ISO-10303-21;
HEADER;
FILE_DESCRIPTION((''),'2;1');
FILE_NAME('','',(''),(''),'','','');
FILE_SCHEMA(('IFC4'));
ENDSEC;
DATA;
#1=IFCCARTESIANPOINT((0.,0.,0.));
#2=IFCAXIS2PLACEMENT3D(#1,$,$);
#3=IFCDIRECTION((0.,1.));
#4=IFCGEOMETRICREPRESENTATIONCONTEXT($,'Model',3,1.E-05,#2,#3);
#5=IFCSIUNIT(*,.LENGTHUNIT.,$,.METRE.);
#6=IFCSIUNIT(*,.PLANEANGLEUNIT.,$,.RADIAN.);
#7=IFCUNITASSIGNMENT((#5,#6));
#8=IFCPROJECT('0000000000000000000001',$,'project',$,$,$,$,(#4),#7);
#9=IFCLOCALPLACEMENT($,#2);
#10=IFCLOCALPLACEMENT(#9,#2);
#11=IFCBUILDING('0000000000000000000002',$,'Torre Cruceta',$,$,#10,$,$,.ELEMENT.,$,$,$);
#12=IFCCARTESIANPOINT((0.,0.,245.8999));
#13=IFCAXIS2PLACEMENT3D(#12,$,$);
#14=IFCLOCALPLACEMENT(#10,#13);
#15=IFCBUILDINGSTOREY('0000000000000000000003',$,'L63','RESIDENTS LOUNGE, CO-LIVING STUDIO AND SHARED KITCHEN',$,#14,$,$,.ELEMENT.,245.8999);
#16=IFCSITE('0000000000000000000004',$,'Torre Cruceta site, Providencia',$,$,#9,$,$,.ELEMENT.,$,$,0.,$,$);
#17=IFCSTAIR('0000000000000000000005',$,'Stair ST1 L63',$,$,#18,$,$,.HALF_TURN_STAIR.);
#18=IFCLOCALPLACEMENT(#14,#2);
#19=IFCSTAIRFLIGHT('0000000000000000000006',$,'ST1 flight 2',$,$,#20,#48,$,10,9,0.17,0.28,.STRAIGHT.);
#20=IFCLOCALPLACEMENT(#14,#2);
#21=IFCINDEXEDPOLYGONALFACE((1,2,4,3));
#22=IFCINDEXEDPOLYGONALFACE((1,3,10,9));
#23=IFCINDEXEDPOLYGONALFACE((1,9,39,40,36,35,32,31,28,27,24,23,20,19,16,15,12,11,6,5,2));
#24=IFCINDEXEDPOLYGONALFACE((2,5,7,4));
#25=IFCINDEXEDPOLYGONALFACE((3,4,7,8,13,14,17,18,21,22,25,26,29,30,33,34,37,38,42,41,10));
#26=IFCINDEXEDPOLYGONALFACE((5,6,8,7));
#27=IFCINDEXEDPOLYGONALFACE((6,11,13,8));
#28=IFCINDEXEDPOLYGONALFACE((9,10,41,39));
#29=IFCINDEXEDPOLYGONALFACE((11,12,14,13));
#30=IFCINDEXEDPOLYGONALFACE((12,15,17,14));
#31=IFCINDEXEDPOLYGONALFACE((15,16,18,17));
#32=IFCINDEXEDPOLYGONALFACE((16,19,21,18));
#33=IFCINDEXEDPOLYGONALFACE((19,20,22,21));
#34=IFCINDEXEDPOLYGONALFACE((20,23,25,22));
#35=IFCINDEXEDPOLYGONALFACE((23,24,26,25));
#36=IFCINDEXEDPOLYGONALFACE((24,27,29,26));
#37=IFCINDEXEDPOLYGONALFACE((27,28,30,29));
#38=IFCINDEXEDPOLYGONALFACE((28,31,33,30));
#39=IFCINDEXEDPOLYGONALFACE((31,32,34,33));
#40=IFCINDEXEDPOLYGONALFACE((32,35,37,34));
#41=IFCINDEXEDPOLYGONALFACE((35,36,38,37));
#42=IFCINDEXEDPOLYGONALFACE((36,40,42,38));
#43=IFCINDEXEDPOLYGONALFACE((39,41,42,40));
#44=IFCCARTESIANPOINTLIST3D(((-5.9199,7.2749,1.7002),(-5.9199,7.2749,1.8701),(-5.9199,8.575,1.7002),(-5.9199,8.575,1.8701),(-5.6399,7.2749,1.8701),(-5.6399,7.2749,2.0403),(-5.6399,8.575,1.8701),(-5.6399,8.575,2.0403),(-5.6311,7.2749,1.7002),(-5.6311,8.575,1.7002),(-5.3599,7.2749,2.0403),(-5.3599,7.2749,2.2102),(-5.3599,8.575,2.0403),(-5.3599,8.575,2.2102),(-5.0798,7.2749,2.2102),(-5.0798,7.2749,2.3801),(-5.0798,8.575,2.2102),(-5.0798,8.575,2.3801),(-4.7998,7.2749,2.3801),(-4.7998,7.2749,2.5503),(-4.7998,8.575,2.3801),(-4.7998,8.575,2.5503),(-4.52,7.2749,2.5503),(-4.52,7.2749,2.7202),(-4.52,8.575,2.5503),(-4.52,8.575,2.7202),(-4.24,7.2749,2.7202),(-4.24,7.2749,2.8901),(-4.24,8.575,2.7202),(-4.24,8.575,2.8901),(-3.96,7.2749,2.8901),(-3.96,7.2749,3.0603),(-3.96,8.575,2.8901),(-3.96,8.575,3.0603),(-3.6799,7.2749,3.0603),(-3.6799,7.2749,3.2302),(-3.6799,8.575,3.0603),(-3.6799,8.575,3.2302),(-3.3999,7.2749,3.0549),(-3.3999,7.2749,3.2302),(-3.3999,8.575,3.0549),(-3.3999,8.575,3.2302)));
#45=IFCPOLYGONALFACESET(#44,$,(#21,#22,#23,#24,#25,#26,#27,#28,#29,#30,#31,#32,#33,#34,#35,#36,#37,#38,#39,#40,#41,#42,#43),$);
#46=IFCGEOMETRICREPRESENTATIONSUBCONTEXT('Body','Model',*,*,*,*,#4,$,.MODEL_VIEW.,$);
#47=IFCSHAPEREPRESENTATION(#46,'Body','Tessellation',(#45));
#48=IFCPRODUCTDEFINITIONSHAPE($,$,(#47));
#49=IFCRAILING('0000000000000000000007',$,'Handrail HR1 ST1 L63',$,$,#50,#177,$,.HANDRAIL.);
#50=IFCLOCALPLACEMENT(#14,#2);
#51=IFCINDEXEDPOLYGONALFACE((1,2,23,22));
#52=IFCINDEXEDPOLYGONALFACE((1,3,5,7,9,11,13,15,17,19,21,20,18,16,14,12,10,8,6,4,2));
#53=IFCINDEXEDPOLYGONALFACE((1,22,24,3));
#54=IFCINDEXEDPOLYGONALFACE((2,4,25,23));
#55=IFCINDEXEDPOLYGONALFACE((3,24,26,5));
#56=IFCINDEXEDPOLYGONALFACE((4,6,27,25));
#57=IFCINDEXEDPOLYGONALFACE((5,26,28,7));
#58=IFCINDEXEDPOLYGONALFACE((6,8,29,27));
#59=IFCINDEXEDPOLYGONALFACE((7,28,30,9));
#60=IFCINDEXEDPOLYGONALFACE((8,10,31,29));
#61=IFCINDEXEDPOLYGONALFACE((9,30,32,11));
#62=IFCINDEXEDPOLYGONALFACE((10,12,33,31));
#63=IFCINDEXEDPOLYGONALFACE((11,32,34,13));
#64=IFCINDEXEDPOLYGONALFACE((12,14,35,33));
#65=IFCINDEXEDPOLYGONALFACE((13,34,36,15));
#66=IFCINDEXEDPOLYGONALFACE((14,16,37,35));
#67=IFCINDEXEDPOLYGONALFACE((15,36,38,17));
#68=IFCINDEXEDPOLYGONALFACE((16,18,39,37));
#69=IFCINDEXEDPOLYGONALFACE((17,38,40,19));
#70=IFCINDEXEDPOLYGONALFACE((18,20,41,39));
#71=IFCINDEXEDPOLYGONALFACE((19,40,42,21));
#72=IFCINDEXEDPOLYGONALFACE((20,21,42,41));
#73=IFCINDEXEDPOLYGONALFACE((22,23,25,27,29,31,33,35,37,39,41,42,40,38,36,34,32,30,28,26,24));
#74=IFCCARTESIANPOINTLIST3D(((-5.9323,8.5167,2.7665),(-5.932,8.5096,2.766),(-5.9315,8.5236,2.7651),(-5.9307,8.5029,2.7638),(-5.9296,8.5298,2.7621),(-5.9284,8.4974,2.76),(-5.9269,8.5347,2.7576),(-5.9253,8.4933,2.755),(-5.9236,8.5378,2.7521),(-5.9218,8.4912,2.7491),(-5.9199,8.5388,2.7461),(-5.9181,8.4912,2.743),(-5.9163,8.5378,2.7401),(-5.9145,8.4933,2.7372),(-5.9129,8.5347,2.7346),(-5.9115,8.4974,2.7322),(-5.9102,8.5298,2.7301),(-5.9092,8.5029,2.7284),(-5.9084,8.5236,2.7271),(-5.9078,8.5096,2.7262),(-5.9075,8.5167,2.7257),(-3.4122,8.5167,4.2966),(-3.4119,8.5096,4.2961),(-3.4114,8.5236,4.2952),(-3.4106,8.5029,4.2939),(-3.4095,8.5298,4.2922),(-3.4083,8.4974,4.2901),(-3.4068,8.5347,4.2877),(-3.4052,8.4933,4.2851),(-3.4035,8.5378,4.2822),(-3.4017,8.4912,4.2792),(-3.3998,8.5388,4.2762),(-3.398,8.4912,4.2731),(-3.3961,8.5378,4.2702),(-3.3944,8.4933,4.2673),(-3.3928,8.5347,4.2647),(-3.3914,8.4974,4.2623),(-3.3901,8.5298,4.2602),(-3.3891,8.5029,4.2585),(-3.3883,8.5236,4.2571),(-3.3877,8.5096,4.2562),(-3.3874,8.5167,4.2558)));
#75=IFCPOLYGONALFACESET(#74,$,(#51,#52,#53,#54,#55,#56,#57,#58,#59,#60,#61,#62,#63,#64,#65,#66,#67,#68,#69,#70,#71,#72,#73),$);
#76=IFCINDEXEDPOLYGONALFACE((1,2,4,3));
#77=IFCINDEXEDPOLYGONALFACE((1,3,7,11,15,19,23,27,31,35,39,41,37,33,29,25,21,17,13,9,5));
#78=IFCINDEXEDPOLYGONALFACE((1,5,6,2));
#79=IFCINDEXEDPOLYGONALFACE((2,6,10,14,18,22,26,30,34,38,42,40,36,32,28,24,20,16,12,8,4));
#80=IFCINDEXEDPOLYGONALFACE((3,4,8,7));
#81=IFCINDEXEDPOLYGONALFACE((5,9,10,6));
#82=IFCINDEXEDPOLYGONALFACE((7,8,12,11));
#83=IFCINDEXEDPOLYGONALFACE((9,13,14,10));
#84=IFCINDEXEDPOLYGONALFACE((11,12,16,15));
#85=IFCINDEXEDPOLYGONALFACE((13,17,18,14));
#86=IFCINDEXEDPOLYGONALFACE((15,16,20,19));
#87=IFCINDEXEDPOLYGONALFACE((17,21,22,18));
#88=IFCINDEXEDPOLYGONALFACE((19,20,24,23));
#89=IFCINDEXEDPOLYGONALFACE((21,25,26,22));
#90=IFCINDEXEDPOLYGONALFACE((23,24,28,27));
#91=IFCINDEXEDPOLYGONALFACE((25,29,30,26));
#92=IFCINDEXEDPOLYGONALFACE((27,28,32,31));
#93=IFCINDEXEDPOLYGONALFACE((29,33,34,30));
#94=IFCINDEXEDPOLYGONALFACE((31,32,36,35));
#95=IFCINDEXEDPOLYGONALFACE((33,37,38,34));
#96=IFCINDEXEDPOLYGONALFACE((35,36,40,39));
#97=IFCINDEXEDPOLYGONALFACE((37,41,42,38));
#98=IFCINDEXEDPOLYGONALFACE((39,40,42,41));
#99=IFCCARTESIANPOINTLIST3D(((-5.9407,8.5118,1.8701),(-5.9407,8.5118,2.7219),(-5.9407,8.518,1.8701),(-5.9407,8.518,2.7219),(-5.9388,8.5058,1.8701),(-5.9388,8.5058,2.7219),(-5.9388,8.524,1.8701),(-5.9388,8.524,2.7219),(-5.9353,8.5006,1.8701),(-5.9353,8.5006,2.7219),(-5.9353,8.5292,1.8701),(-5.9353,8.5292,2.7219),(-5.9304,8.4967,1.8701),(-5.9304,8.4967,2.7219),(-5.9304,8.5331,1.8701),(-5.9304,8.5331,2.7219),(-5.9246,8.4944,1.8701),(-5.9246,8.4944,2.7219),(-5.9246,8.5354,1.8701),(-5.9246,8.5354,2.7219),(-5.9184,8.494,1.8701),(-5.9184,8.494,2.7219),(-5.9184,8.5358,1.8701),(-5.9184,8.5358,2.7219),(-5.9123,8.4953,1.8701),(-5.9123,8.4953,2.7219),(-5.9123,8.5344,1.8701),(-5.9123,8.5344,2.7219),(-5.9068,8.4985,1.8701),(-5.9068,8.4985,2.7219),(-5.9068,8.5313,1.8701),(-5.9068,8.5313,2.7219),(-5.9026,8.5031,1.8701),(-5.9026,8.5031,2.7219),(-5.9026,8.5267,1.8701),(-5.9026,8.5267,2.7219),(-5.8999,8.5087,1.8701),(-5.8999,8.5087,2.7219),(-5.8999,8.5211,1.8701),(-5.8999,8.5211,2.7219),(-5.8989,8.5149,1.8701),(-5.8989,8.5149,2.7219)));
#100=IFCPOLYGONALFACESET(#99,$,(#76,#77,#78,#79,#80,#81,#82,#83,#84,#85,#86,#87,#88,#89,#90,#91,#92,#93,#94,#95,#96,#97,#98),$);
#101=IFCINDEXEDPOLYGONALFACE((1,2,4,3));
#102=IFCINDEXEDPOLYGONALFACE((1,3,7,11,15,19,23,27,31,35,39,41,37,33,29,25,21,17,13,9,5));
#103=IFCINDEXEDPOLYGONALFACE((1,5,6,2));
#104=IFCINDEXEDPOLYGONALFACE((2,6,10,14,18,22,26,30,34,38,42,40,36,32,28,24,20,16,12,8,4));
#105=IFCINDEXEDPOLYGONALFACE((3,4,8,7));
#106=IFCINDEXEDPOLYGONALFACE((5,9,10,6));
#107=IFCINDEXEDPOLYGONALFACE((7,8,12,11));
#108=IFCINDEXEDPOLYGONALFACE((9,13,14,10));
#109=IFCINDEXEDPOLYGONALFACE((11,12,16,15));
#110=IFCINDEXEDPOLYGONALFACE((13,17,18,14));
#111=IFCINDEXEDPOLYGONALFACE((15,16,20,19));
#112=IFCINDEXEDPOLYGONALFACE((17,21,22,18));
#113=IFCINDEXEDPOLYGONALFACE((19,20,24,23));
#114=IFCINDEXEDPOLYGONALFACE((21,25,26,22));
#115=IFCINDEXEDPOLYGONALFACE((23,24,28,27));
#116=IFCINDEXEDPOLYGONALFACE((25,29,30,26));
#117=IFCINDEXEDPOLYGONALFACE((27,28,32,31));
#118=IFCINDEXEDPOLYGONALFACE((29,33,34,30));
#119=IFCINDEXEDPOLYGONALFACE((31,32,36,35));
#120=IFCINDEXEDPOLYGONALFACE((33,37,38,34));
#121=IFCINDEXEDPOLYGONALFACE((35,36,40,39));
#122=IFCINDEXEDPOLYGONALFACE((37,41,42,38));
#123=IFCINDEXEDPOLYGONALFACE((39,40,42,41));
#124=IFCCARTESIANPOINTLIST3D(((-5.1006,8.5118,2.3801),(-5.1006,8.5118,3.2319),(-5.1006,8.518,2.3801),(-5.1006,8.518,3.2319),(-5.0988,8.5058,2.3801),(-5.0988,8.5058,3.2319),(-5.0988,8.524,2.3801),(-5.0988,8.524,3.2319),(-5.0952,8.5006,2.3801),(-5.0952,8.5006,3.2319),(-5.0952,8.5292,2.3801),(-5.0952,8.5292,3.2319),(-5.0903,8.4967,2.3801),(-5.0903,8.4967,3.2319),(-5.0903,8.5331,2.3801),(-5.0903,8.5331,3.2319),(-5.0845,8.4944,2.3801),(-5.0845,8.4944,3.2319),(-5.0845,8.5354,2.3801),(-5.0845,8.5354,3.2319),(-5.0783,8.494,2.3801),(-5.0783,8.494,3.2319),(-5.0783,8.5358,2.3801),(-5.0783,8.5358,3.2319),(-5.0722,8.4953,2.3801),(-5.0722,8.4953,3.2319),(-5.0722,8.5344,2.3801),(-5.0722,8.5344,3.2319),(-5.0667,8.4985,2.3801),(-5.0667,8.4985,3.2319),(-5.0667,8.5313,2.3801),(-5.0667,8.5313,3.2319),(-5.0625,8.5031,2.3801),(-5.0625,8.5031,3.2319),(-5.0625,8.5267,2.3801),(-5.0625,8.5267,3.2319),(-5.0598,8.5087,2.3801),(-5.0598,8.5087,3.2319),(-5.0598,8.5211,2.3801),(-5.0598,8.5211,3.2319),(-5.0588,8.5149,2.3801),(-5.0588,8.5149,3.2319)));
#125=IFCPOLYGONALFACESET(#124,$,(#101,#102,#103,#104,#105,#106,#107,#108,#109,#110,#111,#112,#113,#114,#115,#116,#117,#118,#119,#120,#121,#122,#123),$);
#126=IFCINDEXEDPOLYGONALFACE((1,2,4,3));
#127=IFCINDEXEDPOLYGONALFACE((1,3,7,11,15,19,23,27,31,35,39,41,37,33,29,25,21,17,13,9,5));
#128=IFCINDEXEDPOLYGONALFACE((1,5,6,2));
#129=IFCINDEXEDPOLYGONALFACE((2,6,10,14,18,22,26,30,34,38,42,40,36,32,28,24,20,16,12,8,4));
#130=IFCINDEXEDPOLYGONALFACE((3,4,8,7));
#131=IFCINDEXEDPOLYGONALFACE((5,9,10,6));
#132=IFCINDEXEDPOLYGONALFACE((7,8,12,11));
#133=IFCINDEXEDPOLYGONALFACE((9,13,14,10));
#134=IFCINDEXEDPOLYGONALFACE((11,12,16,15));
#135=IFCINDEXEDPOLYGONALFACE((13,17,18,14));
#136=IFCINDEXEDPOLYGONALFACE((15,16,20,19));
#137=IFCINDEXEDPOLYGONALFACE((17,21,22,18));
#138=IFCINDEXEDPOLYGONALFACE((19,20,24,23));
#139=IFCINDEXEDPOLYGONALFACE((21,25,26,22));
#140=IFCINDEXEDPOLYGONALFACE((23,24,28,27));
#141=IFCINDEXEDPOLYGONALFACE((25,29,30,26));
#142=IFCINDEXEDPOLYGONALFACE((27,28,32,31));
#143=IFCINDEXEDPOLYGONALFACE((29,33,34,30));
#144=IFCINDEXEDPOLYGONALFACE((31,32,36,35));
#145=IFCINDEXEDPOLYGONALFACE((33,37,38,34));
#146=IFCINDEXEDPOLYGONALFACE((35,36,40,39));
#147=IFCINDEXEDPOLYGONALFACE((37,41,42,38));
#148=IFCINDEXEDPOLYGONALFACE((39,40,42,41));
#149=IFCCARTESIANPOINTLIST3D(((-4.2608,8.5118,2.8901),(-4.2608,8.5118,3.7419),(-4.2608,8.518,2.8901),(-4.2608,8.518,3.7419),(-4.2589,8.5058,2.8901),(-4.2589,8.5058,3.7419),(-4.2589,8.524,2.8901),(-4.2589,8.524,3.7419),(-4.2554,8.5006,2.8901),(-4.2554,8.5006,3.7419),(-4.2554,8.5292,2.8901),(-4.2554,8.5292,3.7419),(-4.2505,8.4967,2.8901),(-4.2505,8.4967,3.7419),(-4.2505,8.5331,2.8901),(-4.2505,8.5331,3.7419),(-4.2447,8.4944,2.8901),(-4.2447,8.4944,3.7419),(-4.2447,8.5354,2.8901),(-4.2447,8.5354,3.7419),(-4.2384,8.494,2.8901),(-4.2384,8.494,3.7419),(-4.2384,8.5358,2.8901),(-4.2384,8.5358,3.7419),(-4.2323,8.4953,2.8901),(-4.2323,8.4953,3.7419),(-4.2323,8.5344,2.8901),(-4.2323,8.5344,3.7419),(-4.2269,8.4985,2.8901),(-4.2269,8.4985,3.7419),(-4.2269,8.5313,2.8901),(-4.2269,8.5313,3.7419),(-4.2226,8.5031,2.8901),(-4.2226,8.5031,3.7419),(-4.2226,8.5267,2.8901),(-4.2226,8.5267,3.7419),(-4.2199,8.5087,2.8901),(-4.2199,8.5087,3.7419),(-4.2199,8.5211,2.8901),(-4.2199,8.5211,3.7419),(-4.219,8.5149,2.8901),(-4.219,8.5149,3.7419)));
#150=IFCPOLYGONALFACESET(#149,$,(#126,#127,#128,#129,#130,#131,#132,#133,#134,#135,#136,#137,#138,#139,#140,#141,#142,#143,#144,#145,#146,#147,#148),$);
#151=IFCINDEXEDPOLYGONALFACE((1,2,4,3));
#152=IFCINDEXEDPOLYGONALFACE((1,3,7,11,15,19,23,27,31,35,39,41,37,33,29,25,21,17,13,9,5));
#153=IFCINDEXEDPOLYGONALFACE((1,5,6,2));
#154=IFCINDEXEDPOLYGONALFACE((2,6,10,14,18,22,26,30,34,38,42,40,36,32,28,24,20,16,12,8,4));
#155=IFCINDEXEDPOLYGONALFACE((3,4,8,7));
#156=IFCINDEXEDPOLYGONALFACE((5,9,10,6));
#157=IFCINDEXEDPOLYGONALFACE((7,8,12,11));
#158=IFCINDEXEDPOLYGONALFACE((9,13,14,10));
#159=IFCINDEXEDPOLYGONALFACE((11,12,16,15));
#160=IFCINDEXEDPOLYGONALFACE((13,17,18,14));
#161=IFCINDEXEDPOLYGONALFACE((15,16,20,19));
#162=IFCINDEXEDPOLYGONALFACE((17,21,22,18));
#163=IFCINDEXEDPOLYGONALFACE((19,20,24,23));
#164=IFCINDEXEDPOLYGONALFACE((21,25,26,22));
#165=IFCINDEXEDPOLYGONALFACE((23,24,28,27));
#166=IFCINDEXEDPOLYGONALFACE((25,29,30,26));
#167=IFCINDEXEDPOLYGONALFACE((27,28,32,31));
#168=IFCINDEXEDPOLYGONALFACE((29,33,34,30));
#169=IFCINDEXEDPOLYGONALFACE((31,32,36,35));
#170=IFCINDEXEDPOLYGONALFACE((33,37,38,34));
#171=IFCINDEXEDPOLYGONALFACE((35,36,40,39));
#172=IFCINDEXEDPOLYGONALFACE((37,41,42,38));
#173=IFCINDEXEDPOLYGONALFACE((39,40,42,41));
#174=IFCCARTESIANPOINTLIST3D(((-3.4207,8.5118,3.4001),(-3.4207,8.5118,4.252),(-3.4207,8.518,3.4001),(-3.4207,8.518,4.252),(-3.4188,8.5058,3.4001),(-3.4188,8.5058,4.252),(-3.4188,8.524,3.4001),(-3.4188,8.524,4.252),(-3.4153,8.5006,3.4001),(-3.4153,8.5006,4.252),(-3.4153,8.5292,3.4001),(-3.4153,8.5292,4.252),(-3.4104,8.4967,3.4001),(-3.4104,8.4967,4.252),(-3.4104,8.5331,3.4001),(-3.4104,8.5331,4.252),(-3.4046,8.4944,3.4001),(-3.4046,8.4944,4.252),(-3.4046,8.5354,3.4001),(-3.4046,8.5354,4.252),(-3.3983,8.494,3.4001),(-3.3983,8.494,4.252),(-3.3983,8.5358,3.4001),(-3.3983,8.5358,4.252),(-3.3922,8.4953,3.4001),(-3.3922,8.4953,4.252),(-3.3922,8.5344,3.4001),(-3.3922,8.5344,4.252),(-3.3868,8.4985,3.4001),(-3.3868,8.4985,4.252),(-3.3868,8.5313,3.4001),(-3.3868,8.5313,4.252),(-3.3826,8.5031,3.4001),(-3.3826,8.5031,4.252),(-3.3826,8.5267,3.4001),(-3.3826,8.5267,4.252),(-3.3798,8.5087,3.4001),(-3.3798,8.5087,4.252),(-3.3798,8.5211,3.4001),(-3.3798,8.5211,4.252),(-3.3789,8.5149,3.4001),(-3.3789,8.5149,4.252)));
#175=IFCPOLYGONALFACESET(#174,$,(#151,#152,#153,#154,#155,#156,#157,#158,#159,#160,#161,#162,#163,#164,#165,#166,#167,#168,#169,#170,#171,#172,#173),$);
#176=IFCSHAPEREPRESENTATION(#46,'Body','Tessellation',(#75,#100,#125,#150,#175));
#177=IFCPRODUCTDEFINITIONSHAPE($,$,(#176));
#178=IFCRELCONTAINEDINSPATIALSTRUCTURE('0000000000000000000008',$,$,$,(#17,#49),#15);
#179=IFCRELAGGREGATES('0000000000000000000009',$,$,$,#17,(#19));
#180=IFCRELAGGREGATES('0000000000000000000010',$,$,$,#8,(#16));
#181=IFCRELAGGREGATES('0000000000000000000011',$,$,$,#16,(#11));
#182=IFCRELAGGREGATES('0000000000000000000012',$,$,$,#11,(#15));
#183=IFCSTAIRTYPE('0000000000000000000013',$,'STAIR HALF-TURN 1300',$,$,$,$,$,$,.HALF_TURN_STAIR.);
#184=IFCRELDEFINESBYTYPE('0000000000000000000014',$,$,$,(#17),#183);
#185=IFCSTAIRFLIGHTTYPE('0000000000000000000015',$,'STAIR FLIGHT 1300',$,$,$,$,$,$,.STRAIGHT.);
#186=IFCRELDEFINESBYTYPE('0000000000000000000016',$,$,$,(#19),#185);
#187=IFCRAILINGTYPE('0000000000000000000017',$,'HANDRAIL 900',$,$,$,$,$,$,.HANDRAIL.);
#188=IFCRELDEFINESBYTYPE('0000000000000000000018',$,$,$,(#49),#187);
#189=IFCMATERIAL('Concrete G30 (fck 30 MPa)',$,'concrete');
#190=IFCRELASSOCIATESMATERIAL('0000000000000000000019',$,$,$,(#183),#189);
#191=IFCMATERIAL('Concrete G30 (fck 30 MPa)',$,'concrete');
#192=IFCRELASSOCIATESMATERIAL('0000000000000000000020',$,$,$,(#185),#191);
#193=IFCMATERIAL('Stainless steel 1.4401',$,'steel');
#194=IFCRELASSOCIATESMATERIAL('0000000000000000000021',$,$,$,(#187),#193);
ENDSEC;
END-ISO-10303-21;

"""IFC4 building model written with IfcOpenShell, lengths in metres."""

from ifc_helpers import new_model, si_unit, direction, frame, origin, origin_2d, place, context, subcontext, project, spatial, polyline, circle, outline, extrude, material, type_object, element, aggregate, save


model = new_model("IFC4")

# Units and contexts
model_context = context("Model", 3, precision=1e-05, world=origin(), true_north=direction((0.0, 1.0)))
body_context = subcontext(model_context, "Body", "Model", "MODEL_VIEW")
ifc_project = project(units=[si_unit("LENGTHUNIT", "METRE"), si_unit("PLANEANGLEUNIT", "RADIAN")], contexts=[model_context])

# Site, building, storey
site_placement = place(None, origin())
site = spatial("IfcSite", under=ifc_project, at=site_placement, Name="Torre Cruceta site, Providencia", CompositionType="ELEMENT", RefElevation=0.0)
building_placement = place(site_placement, origin())
building = spatial("IfcBuilding", under=site, at=building_placement, Name="Torre Cruceta", CompositionType="ELEMENT")
storey_placement = place(building_placement, frame((0.0, 0.0, 245.8999)))
storey = spatial("IfcBuildingStorey", under=building, at=storey_placement, Name="L63", Description="RESIDENTS LOUNGE, CO-LIVING STUDIO AND SHARED KITCHEN", CompositionType="ELEMENT", Elevation=245.8999)

# Stair, stair flight
ifc_material_1 = material(Name="Concrete G30 (fck 30 MPa)", Category="concrete")
stair_type = type_object("IfcStairType", Name="STAIR HALF-TURN 1300", PredefinedType="HALF_TURN_STAIR", material=ifc_material_1)
stair_placement = place(storey_placement, origin())
stair = element("IfcStair", 1, at=stair_placement, inside=storey, type_object=stair_type, Name="Stair ST1 L63", PredefinedType="HALF_TURN_STAIR")
ifc_material_2 = material(Name="Concrete G30 (fck 30 MPa)", Category="concrete")
stair_flight_type = type_object("IfcStairFlightType", Name="STAIR FLIGHT 1300", PredefinedType="STRAIGHT", material=ifc_material_2)
stair_flight_1_placement = place(storey_placement, frame((-5.9199, 7.925, 1.7002), z_axis=(0.0, 0.0, 1.0), x_axis=(1.0, 0.0, 0.0)))
stair_flight_1 = element("IfcStairFlight", 2, at=stair_flight_1_placement, type_object=stair_flight_type, Name="ST1 flight 2", NumberOfRisers=10, NumberOfTreads=9, PredefinedType="STRAIGHT", RiserHeight=0.17, TreadLength=0.28, context=body_context, shape_type="SweptSolid", body=[
    extrude(outline(polyline([(0.0, 0.0), (0.0, 0.1699), (0.28, 0.1699), (0.28, 0.3401), (0.5601, 0.3401), (0.5601, 0.51), (0.8401, 0.51), (0.8401, 0.6799), (1.1201, 0.6799), (1.1201, 0.8501), (1.3999, 0.8501), (1.3999, 1.02), (1.6799, 1.02), (1.6799, 1.1899), (1.96, 1.1899), (1.96, 1.3601), (2.24, 1.3601), (2.24, 1.53), (2.52, 1.53), (2.52, 1.7), (2.52, 1.3547), (0.2888, 0.0), (0.0, 0.0)])), frame((0.0, 0.6499, 0.0), z_axis=(0.0, -1.0, 0.0), x_axis=(1.0, 0.0, 0.0)), (0.0, 0.0, 1.0), 1.3),
])
aggregate(stair, [stair_flight_1])

# Railing
ifc_material_3 = material(Name="Stainless steel 1.4401", Category="steel")
railing_type = type_object("IfcRailingType", Name="HANDRAIL 900", PredefinedType="HANDRAIL", material=ifc_material_3)
railing_1_placement = place(storey_placement, frame((-5.9199, 8.5149, 1.8701)))
element("IfcRailing", 3, at=railing_1_placement, inside=storey, type_object=railing_type, Name="Handrail HR1 ST1 L63", PredefinedType="HANDRAIL", context=body_context, shape_type="SweptSolid", body=[
    extrude(circle(Radius=0.0239, at=origin_2d()), frame((0.0, 0.0, 0.876), z_axis=(0.854785, 0.0, 0.518982), x_axis=(0.0, 1.0, 0.0)), (0.0, 0.0, 1.0), 2.9482),
    extrude(circle(Radius=0.021, at=origin_2d()), origin(), (0.0, 0.0, 1.0), 0.8518),
    extrude(circle(Radius=0.021, at=origin_2d()), frame((0.8401, 0.0, 0.51)), (0.0, 0.0, 1.0), 0.8518),
    extrude(circle(Radius=0.021, at=origin_2d()), frame((1.6799, 0.0, 1.02)), (0.0, 0.0, 1.0), 0.8518),
    extrude(circle(Radius=0.021, at=origin_2d()), frame((2.52, 0.0, 1.53)), (0.0, 0.0, 1.0), 0.8518),
])

save(model, "model.ifc")
